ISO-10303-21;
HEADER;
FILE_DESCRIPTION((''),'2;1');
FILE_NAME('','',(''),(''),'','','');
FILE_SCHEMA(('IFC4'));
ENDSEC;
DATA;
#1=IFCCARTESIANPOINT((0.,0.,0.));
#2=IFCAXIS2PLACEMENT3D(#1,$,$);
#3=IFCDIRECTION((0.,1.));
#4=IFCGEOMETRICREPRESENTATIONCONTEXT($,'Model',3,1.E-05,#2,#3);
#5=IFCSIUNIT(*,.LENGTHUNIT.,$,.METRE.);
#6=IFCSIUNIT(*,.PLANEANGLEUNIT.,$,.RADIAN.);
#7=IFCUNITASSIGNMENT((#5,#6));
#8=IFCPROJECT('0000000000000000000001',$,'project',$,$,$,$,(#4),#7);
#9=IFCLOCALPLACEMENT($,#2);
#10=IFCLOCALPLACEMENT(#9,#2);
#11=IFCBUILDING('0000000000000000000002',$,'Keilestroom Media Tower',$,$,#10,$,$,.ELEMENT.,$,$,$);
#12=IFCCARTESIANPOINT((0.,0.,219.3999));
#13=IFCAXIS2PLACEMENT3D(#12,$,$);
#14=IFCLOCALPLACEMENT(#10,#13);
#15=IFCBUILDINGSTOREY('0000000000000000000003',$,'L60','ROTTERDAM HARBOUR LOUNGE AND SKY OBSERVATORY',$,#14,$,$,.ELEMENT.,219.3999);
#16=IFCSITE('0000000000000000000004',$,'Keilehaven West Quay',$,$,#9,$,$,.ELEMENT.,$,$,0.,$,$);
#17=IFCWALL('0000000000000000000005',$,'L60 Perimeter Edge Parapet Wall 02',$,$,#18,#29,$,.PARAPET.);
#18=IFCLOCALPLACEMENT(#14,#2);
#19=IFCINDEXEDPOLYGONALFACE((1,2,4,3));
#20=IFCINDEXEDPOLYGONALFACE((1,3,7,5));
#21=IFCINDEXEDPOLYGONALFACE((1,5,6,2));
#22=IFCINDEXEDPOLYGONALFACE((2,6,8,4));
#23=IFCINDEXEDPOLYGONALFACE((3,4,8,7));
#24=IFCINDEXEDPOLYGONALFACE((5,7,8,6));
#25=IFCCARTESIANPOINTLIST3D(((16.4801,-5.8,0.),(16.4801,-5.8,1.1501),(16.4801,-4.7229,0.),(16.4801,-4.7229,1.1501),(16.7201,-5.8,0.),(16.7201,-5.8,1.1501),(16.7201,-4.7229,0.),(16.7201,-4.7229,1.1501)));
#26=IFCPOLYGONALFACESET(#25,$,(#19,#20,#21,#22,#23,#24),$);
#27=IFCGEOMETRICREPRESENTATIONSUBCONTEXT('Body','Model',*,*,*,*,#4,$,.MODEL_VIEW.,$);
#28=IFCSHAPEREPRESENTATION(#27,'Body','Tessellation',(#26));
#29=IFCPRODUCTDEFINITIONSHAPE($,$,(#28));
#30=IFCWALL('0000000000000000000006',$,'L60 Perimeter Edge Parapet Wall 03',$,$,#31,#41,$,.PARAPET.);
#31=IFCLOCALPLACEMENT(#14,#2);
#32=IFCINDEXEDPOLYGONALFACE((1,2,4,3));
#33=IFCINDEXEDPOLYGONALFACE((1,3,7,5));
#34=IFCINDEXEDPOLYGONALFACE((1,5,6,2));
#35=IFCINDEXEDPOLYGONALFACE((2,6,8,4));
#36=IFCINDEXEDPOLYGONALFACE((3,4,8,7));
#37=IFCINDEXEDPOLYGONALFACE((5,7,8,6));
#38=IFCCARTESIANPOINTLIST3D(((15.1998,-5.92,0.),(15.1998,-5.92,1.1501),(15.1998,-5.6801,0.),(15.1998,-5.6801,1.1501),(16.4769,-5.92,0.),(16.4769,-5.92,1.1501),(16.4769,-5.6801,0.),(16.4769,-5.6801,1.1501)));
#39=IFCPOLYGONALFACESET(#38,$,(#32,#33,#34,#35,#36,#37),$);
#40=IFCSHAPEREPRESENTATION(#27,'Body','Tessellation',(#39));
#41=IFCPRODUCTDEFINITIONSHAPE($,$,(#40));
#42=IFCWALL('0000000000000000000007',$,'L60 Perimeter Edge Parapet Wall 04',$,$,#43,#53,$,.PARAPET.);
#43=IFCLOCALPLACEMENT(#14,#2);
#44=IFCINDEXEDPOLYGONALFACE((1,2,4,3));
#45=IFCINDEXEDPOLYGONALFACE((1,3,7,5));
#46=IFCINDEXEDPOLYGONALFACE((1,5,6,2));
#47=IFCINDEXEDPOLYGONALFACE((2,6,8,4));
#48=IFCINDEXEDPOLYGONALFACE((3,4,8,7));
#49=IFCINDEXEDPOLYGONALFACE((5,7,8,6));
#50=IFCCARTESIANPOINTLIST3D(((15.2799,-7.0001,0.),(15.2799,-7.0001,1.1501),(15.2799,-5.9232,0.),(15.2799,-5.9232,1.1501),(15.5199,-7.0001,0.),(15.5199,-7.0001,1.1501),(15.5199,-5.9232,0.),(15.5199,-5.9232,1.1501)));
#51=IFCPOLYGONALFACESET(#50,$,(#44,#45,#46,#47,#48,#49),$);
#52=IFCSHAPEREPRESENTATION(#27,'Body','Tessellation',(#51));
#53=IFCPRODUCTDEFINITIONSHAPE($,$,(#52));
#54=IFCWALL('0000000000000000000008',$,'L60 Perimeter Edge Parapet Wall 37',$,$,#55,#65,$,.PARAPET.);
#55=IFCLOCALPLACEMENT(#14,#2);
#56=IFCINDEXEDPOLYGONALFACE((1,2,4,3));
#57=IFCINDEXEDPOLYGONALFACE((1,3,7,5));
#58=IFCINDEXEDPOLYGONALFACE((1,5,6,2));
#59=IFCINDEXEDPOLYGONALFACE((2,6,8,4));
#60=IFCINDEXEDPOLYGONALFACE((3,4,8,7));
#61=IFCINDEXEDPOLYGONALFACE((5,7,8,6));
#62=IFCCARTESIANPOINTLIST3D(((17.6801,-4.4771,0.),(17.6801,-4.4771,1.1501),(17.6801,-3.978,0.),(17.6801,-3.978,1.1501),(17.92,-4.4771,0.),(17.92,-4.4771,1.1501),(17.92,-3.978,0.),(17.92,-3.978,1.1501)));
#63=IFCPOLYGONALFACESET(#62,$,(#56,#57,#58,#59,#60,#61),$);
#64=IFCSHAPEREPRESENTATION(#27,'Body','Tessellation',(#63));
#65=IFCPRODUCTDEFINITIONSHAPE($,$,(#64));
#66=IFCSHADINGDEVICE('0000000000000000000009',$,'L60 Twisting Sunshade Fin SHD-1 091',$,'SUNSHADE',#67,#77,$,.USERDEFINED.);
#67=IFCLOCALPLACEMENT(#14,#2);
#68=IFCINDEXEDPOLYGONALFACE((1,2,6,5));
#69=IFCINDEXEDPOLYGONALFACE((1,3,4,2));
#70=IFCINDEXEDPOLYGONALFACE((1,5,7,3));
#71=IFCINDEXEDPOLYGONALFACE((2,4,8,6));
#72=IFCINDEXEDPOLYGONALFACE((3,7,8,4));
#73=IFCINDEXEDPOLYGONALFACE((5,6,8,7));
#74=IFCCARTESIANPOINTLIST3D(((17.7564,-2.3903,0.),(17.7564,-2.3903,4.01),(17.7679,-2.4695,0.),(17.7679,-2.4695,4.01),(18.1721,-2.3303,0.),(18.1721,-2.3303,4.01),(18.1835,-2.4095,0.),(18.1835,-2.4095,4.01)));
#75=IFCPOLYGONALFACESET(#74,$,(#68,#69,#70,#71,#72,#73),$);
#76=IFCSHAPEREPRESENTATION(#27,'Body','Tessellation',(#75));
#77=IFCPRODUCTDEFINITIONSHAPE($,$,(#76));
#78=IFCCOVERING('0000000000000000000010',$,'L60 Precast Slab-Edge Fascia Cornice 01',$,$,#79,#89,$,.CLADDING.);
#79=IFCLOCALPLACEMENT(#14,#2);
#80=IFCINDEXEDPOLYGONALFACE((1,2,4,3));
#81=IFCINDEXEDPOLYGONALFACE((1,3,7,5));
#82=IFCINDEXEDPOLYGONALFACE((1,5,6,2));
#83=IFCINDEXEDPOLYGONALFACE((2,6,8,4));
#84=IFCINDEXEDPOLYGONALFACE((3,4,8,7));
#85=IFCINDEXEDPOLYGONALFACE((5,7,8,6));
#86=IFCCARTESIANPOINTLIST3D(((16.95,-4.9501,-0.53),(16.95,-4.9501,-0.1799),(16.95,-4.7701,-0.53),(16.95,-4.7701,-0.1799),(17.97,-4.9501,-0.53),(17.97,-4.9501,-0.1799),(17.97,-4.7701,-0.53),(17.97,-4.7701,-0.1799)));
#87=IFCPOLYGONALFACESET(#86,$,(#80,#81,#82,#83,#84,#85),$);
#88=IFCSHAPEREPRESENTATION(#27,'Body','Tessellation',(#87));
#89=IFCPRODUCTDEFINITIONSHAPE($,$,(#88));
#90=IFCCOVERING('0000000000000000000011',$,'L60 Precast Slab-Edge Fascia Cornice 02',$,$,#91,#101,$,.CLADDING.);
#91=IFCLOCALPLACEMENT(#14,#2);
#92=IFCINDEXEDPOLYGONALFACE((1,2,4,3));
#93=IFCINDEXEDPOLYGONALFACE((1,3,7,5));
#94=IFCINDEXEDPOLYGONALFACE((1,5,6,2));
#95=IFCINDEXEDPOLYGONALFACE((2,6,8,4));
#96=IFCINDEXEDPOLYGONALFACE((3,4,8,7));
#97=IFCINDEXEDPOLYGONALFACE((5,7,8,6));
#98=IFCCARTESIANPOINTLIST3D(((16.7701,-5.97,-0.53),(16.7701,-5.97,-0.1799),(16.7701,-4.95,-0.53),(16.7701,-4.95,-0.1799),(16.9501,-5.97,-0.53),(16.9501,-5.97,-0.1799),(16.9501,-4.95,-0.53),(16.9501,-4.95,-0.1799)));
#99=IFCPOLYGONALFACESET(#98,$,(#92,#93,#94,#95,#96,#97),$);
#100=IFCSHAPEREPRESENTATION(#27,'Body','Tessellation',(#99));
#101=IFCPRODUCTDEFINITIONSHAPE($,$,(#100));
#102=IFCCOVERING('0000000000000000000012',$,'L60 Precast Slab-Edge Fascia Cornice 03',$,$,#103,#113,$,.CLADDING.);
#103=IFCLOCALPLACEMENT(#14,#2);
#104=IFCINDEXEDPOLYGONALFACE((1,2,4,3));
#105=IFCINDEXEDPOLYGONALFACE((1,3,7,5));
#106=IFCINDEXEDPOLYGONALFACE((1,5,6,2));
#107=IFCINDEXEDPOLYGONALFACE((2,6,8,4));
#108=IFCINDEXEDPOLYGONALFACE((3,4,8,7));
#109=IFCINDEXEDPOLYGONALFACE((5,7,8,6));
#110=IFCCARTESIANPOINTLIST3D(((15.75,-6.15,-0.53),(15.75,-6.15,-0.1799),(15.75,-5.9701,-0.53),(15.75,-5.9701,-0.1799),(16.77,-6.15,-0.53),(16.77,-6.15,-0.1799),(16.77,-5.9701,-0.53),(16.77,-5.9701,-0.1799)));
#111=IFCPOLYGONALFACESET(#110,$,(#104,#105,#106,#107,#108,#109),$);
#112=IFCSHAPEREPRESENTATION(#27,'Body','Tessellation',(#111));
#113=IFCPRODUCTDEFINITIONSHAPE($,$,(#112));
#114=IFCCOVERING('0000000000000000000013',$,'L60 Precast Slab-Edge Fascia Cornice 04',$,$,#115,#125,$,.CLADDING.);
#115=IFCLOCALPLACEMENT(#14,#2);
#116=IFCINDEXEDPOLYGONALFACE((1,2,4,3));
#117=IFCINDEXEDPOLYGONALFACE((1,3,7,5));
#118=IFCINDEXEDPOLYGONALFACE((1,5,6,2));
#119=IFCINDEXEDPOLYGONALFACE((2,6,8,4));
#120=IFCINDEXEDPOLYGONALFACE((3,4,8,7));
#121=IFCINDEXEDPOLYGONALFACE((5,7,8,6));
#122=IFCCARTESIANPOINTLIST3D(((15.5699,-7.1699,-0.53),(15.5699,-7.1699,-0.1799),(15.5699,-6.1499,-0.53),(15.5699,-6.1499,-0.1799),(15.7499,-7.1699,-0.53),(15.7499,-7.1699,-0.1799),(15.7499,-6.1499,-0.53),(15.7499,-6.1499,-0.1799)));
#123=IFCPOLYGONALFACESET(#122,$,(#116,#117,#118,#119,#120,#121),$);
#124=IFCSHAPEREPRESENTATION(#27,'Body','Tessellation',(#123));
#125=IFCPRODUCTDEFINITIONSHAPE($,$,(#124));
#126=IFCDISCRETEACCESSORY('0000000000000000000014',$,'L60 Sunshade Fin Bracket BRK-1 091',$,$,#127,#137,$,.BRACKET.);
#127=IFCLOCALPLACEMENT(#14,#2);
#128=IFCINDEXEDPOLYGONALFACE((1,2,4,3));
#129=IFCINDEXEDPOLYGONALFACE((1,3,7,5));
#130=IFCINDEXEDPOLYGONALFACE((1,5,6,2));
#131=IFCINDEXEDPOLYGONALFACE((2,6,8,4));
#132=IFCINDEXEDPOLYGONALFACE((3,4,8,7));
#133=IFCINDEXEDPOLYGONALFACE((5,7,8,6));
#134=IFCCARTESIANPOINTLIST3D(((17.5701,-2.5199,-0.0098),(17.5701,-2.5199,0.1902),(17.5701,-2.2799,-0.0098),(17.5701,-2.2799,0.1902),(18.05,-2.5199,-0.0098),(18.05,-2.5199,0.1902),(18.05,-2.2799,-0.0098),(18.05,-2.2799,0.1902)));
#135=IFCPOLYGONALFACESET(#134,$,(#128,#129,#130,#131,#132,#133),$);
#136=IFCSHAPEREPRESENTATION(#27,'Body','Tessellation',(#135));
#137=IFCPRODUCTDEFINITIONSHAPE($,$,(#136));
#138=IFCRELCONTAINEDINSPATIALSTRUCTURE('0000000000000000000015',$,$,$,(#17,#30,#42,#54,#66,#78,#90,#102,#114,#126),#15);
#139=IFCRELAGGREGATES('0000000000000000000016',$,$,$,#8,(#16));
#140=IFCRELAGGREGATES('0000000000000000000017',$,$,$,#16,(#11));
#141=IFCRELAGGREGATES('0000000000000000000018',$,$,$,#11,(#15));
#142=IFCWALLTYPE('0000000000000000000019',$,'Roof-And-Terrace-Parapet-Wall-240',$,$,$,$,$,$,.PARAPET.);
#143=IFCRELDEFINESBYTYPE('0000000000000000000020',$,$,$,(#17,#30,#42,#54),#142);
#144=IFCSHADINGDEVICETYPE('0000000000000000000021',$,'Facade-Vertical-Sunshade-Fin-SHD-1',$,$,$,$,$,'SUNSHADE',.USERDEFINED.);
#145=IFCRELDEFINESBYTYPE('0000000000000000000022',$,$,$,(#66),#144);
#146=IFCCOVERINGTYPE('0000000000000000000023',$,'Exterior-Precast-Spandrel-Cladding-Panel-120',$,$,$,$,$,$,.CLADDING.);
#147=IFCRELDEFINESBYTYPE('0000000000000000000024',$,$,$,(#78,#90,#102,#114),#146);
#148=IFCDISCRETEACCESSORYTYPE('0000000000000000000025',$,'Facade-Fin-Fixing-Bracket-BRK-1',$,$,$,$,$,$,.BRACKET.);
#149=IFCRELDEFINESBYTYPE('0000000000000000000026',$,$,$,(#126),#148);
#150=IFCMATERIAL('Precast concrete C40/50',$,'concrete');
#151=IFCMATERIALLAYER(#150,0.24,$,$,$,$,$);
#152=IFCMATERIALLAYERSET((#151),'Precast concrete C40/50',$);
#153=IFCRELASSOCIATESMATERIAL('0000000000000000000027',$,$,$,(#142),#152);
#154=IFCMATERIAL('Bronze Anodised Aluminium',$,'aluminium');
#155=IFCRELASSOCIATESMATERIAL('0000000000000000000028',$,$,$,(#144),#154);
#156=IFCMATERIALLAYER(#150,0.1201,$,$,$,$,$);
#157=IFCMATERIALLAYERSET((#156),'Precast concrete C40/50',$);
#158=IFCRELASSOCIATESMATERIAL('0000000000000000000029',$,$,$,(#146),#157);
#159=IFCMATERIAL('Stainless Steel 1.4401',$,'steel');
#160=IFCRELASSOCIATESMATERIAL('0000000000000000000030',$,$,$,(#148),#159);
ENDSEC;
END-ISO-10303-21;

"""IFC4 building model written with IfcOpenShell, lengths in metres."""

from ifc_helpers import new_model, si_unit, direction, frame, frame_2d, origin, origin_2d, place, context, subcontext, project, spatial, rectangle, extrude, source, transform, mapped, material, layer, layer_set, type_object, element, save


model = new_model("IFC4")

# Units and contexts
model_context = context("Model", 3, precision=1e-05, world=origin(), true_north=direction((0.0, 1.0)))
body_context = subcontext(model_context, "Body", "Model", "MODEL_VIEW")
ifc_project = project(units=[si_unit("LENGTHUNIT", "METRE"), si_unit("PLANEANGLEUNIT", "RADIAN")], contexts=[model_context])

# Site, building, storey
site_placement = place(None, origin())
site = spatial("IfcSite", under=ifc_project, at=site_placement, Name="Keilehaven West Quay", CompositionType="ELEMENT", RefElevation=0.0)
building_placement = place(site_placement, origin())
building = spatial("IfcBuilding", under=site, at=building_placement, Name="Keilestroom Media Tower", CompositionType="ELEMENT")
storey_placement = place(building_placement, frame((0.0, 0.0, 219.3999)))
storey = spatial("IfcBuildingStorey", under=building, at=storey_placement, Name="L60", Description="ROTTERDAM HARBOUR LOUNGE AND SKY OBSERVATORY", CompositionType="ELEMENT", Elevation=219.3999)

# Shared definitions
ifc_material_1 = material(Name="Precast concrete C40/50", Category="concrete")

# Walls
ifc_layer_1 = layer(ifc_material_1, 0.24)
ifc_layer_set_1 = layer_set([ifc_layer_1], Name="Precast concrete C40/50")
wall_type = type_object("IfcWallType", Name="Roof-And-Terrace-Parapet-Wall-240", PredefinedType="PARAPET", material=ifc_layer_set_1)
wall_1_placement = place(storey_placement, frame((16.6001, -4.7229, 0.0), z_axis=(0.0, 0.0, 1.0), x_axis=(0.0, -1.0, 0.0)))
element("IfcWall", 1, at=wall_1_placement, inside=storey, type_object=wall_type, Name="L60 Perimeter Edge Parapet Wall 02", PredefinedType="PARAPET", context=body_context, shape_type="SweptSolid", body=[
    extrude(rectangle(XDim=1.0771, YDim=0.24, at=frame_2d((0.5386, 0.0))), origin(), (0.0, 0.0, 1.0), 1.1501),
])
wall_2_placement = place(storey_placement, frame((16.4771, -5.8, 0.0), z_axis=(0.0, 0.0, 1.0), x_axis=(-1.0, 0.0, 0.0)))
element("IfcWall", 2, at=wall_2_placement, inside=storey, type_object=wall_type, Name="L60 Perimeter Edge Parapet Wall 03", PredefinedType="PARAPET", context=body_context, shape_type="SweptSolid", body=[
    extrude(rectangle(XDim=1.2771, YDim=0.24, at=frame_2d((0.6387, 0.0))), origin(), (0.0, 0.0, 1.0), 1.1501),
])
wall_3_placement = place(storey_placement, frame((15.3999, -5.9231, 0.0), z_axis=(0.0, 0.0, 1.0), x_axis=(0.0, -1.0, 0.0)))
element("IfcWall", 3, at=wall_3_placement, inside=storey, type_object=wall_type, Name="L60 Perimeter Edge Parapet Wall 04", PredefinedType="PARAPET", context=body_context, shape_type="SweptSolid", body=[
    extrude(rectangle(XDim=1.0769, YDim=0.24, at=frame_2d((0.5386, 0.0))), origin(), (0.0, 0.0, 1.0), 1.1501),
])
wall_4_placement = place(storey_placement, frame((17.8, -3.978, 0.0), z_axis=(0.0, 0.0, 1.0), x_axis=(0.0, -1.0, 0.0)))
element("IfcWall", 4, at=wall_4_placement, inside=storey, type_object=wall_type, Name="L60 Perimeter Edge Parapet Wall 37", PredefinedType="PARAPET", context=body_context, shape_type="SweptSolid", body=[
    extrude(rectangle(XDim=0.499, YDim=0.24, at=frame_2d((0.2495, 0.0))), origin(), (0.0, 0.0, 1.0), 1.1501),
])

# Shading device
ifc_material_2 = material(Name="Bronze Anodised Aluminium", Category="aluminium")
shading_device_type = type_object("IfcShadingDeviceType", Name="Facade-Vertical-Sunshade-Fin-SHD-1", ElementType="SUNSHADE", PredefinedType="USERDEFINED", material=ifc_material_2)
shared_shape_1 = source(origin(), body_context, "Body", "SweptSolid", [
    extrude(rectangle(XDim=0.4199, YDim=0.0801, at=origin_2d()), origin(), (0.0, 0.0, 1.0), 4.01),
])
shading_device_placement = place(storey_placement, frame((17.97, -2.3999, 0.0), z_axis=(0.0, 0.0, 1.0), x_axis=(0.989751, 0.142802, 0.0)))
element("IfcShadingDevice", 5, at=shading_device_placement, inside=storey, type_object=shading_device_type, Name="L60 Twisting Sunshade Fin SHD-1 091", ObjectType="SUNSHADE", PredefinedType="USERDEFINED", context=body_context, shape_type="MappedRepresentation", body=[
    mapped(shared_shape_1, transform((0.0, 0.0, 0.0), x_axis=(1.0, 0.0, 0.0), y_axis=(0.0, 1.0, 0.0), z_axis=(0.0, 0.0, 1.0), scale=1.0)),
])

# Coverings
ifc_layer_2 = layer(ifc_material_1, 0.1201)
ifc_layer_set_2 = layer_set([ifc_layer_2], Name="Precast concrete C40/50")
covering_type = type_object("IfcCoveringType", Name="Exterior-Precast-Spandrel-Cladding-Panel-120", PredefinedType="CLADDING", material=ifc_layer_set_2)
shared_shape_2 = source(origin(), body_context, "Body", "SweptSolid", [
    extrude(rectangle(XDim=1.02, YDim=0.1799, at=origin_2d()), origin(), (0.0, 0.0, 1.0), 0.3501),
])
for number, where, z_axis, x_axis, name in (
    (6, (17.46, -4.8601, -0.53), (0.0, 0.0, 1.0), (-1.0, 0.0, 0.0), "L60 Precast Slab-Edge Fascia Cornice 01"),
    (7, (16.8601, -5.46, -0.53), (0.0, 0.0, 1.0), (0.0, -1.0, 0.0), "L60 Precast Slab-Edge Fascia Cornice 02"),
    (8, (16.26, -6.0601, -0.53), (0.0, 0.0, 1.0), (-1.0, 0.0, 0.0), "L60 Precast Slab-Edge Fascia Cornice 03"),
    (9, (15.6599, -6.6599, -0.53), (0.0, 0.0, 1.0), (0.0, -1.0, 0.0), "L60 Precast Slab-Edge Fascia Cornice 04"),
):
    element("IfcCovering", number, at=place(storey_placement, frame(where, z_axis=z_axis, x_axis=x_axis)), inside=storey, type_object=covering_type, Name=name, PredefinedType="CLADDING", context=body_context, shape_type="MappedRepresentation", body=[
        mapped(shared_shape_2, transform((0.0, 0.0, 0.0), x_axis=(1.0, 0.0, 0.0), y_axis=(0.0, 1.0, 0.0), z_axis=(0.0, 0.0, 1.0), scale=1.0)),
    ])

# Discrete accessory
ifc_material_3 = material(Name="Stainless Steel 1.4401", Category="steel")
discrete_accessory_type = type_object("IfcDiscreteAccessoryType", Name="Facade-Fin-Fixing-Bracket-BRK-1", PredefinedType="BRACKET", material=ifc_material_3)
shared_shape_3 = source(origin(), body_context, "Body", "SweptSolid", [
    extrude(rectangle(XDim=0.48, YDim=0.24, at=origin_2d()), origin(), (0.0, 0.0, 1.0), 0.2),
])
discrete_accessory_placement = place(storey_placement, frame((17.8101, -2.3999, -0.0098), z_axis=(0.0, 0.0, 1.0), x_axis=(1.0, 0.0, 0.0)))
element("IfcDiscreteAccessory", 10, at=discrete_accessory_placement, inside=storey, type_object=discrete_accessory_type, Name="L60 Sunshade Fin Bracket BRK-1 091", PredefinedType="BRACKET", context=body_context, shape_type="MappedRepresentation", body=[
    mapped(shared_shape_3, transform((0.0, 0.0, 0.0), x_axis=(1.0, 0.0, 0.0), y_axis=(0.0, 1.0, 0.0), z_axis=(0.0, 0.0, 1.0), scale=1.0)),
])

save(model, "model.ifc")
